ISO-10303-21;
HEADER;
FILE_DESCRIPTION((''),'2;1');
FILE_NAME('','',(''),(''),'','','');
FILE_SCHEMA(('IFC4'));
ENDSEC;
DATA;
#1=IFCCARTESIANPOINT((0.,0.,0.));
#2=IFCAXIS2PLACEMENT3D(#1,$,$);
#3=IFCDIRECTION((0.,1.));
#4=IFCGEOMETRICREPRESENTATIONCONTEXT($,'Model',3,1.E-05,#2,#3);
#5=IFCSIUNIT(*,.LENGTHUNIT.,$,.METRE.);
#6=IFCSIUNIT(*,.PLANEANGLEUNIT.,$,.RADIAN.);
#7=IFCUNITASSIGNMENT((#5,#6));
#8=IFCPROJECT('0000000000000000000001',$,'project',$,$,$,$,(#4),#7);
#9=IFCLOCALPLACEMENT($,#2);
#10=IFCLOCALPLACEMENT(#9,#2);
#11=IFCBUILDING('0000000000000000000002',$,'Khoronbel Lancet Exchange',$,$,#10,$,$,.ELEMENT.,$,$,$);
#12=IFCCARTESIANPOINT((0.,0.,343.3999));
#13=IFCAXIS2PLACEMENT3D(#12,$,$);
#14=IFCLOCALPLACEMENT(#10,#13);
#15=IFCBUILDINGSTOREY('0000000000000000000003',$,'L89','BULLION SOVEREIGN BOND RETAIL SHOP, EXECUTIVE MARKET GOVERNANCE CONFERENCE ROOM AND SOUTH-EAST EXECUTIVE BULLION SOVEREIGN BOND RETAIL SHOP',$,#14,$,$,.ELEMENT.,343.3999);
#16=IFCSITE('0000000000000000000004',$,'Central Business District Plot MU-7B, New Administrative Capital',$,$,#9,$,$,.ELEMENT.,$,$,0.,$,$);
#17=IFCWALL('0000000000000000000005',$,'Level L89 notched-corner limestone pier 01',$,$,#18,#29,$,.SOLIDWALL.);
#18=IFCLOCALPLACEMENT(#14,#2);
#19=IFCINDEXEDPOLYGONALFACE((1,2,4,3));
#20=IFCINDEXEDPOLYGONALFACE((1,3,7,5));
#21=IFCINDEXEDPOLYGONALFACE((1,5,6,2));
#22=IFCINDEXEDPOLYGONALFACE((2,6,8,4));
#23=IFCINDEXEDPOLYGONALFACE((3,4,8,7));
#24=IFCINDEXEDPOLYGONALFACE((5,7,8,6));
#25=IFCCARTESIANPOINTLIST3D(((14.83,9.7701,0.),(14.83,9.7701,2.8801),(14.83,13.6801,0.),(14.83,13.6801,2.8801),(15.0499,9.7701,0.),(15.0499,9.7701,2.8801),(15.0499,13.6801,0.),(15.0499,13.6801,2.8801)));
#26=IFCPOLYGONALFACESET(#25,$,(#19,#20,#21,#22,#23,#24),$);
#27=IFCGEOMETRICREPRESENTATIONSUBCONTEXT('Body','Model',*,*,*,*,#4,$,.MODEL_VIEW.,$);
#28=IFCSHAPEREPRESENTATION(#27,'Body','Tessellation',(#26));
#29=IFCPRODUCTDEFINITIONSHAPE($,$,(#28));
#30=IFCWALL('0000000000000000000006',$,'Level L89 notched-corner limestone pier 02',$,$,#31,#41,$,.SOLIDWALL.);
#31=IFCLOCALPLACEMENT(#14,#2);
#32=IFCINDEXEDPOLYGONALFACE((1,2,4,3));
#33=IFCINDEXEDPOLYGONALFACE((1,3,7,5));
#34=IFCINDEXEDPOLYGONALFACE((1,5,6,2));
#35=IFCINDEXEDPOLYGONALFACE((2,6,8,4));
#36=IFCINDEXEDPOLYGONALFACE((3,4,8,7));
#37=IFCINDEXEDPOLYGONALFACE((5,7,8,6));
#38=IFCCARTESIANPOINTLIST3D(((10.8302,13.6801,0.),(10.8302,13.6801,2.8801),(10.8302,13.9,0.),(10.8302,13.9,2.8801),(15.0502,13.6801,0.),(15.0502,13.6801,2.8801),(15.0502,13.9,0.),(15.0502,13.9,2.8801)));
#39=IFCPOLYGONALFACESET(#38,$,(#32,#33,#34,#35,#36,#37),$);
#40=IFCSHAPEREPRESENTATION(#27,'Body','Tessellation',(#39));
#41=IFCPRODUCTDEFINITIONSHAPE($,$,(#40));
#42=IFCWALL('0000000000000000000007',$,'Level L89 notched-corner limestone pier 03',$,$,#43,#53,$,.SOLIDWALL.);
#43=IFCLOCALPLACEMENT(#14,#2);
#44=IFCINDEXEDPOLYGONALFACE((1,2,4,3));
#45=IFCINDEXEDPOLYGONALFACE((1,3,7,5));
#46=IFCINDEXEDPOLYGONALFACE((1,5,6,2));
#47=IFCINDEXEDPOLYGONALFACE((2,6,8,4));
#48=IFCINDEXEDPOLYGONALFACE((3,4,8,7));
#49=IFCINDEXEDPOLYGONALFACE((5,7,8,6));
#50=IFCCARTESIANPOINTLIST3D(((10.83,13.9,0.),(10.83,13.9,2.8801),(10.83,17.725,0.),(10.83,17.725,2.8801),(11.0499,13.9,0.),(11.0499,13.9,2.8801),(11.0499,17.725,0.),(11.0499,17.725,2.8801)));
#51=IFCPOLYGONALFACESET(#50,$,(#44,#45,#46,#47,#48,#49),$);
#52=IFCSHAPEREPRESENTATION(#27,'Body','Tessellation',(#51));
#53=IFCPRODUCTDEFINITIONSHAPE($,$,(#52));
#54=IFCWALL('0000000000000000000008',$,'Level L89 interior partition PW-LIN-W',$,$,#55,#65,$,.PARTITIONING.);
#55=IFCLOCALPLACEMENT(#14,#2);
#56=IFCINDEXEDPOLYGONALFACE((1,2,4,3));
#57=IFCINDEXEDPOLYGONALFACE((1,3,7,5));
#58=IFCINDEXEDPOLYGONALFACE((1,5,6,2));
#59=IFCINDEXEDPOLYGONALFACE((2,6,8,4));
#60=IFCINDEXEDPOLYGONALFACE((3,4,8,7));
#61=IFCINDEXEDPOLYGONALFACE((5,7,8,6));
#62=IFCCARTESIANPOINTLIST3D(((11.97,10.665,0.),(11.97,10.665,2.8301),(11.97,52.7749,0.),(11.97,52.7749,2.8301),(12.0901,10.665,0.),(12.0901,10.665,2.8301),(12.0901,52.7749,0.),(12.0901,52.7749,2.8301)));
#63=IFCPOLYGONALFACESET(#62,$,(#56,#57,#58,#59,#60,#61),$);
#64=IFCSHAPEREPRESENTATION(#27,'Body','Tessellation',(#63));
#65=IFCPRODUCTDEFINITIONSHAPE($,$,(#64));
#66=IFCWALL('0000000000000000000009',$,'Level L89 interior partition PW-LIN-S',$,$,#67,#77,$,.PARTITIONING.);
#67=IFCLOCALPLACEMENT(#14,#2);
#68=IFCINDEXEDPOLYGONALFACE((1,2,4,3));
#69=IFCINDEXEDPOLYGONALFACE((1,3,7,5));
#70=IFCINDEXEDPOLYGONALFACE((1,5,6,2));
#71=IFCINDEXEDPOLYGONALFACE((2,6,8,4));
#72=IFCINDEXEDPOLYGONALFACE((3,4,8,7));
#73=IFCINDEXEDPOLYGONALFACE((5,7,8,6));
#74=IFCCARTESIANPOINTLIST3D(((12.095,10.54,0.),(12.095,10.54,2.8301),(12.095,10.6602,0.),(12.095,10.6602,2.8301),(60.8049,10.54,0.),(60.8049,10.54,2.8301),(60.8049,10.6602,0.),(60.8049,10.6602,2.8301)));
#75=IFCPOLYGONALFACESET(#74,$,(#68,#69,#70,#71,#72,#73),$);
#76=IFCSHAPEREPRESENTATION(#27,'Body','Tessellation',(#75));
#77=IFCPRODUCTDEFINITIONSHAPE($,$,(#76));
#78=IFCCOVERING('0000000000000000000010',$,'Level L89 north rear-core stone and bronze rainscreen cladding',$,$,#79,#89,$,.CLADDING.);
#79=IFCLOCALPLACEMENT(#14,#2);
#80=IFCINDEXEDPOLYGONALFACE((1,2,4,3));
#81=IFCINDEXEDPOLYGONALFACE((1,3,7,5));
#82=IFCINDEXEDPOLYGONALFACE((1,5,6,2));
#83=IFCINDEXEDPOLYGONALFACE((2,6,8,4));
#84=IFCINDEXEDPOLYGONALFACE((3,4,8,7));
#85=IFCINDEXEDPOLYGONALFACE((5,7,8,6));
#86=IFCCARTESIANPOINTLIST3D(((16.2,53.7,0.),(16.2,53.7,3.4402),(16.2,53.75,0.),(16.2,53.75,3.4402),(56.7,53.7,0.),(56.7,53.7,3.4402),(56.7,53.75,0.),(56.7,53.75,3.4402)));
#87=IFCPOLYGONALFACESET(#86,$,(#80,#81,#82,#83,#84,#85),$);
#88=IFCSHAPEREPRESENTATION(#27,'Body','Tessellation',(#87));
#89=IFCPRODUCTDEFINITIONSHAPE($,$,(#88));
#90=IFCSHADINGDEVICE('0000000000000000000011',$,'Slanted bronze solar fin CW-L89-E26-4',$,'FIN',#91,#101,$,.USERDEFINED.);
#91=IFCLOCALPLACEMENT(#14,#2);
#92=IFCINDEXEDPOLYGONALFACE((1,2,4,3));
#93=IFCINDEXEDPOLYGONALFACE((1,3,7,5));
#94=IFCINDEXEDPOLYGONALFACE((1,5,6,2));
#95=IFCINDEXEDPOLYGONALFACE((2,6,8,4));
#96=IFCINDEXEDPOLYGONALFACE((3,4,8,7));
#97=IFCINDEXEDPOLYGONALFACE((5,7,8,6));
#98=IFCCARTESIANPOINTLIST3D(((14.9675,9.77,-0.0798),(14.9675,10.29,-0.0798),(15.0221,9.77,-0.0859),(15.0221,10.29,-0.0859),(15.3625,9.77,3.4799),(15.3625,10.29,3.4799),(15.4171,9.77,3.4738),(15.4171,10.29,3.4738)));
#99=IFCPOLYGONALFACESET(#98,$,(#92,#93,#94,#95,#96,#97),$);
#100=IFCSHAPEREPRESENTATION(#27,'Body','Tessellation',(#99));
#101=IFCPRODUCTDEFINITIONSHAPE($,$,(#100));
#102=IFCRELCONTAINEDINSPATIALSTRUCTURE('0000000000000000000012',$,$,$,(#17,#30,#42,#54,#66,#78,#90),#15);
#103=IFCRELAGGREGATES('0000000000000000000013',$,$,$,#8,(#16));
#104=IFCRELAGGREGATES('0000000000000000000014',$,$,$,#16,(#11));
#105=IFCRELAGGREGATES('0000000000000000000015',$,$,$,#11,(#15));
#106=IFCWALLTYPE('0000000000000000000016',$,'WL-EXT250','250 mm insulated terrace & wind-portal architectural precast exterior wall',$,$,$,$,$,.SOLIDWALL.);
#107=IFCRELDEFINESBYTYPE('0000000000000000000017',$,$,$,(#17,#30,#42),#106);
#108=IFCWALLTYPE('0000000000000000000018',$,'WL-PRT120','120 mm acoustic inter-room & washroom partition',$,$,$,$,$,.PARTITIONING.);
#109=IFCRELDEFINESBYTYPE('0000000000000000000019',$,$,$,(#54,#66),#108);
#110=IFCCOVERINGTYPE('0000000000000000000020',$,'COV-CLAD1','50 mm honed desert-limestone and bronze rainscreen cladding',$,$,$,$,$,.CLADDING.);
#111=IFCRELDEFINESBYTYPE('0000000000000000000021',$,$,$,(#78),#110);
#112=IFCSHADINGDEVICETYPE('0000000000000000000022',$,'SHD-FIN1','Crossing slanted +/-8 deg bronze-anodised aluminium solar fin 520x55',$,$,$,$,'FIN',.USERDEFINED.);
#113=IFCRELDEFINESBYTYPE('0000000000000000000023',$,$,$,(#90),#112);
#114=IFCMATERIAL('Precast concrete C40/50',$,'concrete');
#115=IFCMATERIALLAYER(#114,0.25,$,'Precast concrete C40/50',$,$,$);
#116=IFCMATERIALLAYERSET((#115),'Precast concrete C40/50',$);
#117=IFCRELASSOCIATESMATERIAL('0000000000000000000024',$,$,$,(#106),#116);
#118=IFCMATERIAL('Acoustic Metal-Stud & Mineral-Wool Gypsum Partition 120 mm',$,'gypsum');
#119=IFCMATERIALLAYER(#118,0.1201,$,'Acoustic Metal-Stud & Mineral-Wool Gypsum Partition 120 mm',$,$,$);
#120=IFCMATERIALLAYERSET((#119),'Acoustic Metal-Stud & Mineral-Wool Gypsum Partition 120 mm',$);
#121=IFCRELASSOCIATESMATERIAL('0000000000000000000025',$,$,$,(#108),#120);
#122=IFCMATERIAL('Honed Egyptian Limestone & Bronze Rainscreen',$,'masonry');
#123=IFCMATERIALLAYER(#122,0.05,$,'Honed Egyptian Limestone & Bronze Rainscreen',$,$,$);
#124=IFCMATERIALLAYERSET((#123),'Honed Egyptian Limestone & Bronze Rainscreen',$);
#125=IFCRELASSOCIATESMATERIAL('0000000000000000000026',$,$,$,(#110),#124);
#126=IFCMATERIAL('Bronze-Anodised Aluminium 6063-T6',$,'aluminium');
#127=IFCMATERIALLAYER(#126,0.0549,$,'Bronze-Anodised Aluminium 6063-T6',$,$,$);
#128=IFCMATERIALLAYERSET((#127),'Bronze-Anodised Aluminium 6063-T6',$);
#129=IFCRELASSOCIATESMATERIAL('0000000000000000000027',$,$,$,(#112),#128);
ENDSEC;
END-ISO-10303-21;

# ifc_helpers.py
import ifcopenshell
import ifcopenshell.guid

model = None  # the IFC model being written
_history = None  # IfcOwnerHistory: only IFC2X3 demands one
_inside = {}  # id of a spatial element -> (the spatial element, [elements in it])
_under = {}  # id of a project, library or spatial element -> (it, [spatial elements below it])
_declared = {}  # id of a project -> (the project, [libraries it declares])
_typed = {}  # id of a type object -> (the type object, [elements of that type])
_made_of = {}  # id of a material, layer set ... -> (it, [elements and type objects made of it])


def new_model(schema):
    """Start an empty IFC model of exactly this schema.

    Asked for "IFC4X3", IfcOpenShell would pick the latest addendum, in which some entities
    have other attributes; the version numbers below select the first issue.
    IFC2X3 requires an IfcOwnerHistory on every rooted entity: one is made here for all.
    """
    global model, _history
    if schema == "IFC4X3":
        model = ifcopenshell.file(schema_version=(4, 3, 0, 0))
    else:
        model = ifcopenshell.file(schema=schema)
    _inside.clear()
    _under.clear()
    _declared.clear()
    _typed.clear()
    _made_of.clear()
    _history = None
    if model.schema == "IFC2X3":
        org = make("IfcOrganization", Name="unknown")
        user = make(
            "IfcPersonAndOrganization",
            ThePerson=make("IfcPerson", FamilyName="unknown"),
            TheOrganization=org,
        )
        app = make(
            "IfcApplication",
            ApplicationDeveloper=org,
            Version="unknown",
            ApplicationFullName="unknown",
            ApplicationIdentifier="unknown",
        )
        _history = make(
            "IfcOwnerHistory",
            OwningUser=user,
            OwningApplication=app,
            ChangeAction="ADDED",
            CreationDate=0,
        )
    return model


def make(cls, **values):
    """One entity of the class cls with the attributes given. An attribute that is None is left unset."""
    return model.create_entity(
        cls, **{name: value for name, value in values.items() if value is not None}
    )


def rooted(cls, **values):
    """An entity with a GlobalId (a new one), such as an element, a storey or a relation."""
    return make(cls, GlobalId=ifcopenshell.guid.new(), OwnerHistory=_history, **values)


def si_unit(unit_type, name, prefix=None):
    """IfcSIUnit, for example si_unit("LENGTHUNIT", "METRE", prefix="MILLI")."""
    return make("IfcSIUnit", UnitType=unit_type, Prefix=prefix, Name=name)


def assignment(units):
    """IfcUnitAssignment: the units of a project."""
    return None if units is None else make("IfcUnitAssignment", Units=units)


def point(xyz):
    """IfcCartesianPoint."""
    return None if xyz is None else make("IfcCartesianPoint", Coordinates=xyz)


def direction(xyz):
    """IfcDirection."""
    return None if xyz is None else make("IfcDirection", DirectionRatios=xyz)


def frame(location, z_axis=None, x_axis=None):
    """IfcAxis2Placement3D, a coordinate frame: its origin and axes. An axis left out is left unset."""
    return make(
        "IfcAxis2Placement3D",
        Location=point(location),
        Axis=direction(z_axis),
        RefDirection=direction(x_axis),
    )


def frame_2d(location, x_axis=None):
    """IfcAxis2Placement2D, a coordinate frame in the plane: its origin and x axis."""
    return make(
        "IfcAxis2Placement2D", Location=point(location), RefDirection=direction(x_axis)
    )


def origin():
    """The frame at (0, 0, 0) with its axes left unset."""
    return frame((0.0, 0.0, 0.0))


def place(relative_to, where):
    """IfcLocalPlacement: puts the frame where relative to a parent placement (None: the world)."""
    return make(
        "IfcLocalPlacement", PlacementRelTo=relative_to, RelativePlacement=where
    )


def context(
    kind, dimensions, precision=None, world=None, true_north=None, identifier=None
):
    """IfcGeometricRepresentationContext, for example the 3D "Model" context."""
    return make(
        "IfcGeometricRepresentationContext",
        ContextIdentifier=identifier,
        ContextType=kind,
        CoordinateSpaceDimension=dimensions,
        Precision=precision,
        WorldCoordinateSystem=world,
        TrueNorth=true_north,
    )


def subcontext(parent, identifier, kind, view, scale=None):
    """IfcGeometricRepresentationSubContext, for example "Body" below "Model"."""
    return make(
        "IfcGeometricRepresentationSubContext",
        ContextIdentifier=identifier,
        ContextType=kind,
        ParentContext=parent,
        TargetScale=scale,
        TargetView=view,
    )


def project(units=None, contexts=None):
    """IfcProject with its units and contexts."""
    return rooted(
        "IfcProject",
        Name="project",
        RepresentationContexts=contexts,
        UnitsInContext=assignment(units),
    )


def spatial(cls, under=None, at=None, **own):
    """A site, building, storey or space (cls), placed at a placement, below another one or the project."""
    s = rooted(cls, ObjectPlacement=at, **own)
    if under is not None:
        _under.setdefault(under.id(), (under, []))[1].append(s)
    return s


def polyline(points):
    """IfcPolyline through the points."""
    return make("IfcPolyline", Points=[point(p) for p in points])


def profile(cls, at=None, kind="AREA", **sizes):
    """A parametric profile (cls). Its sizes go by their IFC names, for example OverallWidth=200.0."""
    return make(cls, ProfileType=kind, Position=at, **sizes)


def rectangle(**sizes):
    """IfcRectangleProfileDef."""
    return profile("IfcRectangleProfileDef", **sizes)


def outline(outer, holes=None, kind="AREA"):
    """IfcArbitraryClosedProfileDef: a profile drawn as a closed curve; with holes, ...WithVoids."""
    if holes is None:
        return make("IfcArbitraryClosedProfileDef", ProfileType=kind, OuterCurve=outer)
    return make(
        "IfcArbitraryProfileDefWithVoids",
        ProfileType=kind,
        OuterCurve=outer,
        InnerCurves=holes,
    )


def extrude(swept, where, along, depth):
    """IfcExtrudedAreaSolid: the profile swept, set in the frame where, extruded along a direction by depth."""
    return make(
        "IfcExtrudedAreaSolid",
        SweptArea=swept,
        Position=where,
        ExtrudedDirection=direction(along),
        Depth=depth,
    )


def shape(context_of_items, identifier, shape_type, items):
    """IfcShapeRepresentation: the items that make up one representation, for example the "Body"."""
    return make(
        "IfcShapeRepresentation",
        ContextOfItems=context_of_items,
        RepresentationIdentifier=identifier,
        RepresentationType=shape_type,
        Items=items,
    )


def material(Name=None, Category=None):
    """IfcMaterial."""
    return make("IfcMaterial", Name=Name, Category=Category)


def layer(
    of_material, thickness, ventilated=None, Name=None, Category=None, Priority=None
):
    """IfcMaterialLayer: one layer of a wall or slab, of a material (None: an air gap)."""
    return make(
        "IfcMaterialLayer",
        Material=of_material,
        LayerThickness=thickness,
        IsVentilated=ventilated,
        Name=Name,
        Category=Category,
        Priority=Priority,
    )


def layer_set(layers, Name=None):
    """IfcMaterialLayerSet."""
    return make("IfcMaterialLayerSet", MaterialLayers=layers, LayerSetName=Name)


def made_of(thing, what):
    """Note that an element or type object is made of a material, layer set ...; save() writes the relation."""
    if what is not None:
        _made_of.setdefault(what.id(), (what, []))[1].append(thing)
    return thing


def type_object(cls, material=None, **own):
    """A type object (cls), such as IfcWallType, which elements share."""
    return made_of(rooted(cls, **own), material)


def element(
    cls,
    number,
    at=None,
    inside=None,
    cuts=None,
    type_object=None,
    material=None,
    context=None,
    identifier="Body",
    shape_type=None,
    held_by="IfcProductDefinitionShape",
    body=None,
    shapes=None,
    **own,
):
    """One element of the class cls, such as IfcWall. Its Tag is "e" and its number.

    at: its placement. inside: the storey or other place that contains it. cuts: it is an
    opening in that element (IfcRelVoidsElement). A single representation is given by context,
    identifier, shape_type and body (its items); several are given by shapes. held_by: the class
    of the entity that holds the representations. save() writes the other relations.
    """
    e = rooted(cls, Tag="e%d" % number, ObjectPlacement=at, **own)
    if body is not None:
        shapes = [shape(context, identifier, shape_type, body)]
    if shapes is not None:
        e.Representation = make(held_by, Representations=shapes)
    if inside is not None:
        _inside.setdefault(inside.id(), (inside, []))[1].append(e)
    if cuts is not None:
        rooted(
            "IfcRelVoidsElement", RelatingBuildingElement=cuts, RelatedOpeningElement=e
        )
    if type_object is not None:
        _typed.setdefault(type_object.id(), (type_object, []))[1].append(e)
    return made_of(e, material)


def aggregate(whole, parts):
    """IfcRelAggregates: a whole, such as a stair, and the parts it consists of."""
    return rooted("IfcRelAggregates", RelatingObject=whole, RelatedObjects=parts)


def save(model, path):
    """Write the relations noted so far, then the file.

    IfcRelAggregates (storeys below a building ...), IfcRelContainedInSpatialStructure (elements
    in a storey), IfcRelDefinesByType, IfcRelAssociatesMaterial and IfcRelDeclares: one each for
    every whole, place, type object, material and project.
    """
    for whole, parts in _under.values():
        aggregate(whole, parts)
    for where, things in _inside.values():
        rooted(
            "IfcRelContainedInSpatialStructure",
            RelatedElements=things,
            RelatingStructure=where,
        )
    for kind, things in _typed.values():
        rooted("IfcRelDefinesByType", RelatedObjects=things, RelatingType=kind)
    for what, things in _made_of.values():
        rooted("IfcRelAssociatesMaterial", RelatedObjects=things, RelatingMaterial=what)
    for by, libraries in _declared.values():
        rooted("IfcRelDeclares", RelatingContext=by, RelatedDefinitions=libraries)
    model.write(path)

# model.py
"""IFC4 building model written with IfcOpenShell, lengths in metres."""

from ifc_helpers import new_model, si_unit, direction, frame, frame_2d, origin, place, context, subcontext, project, spatial, polyline, rectangle, outline, extrude, material, layer, layer_set, type_object, element, save


model = new_model("IFC4")

# Units and contexts
model_context = context("Model", 3, precision=1e-05, world=origin(), true_north=direction((0.0, 1.0)))
body_context = subcontext(model_context, "Body", "Model", "MODEL_VIEW")
ifc_project = project(units=[si_unit("LENGTHUNIT", "METRE"), si_unit("PLANEANGLEUNIT", "RADIAN")], contexts=[model_context])

# Site, building, storey
site_placement = place(None, origin())
site = spatial("IfcSite", under=ifc_project, at=site_placement, Name="Central Business District Plot MU-7B, New Administrative Capital", CompositionType="ELEMENT", RefElevation=0.0)
building_placement = place(site_placement, origin())
building = spatial("IfcBuilding", under=site, at=building_placement, Name="Khoronbel Lancet Exchange", CompositionType="ELEMENT")
storey_placement = place(building_placement, frame((0.0, 0.0, 343.3999)))
storey = spatial("IfcBuildingStorey", under=building, at=storey_placement, Name="L89", Description="BULLION SOVEREIGN BOND RETAIL SHOP, EXECUTIVE MARKET GOVERNANCE CONFERENCE ROOM AND SOUTH-EAST EXECUTIVE BULLION SOVEREIGN BOND RETAIL SHOP", CompositionType="ELEMENT", Elevation=343.3999)

# Shared definitions
ifc_material_1 = material(Name="Bronze-Anodised Aluminium 6063-T6", Category="aluminium")

# Walls
ifc_material_2 = material(Name="Precast concrete C40/50", Category="concrete")
ifc_layer_1 = layer(ifc_material_2, 0.25, Name="Precast concrete C40/50")
ifc_layer_set_1 = layer_set([ifc_layer_1], Name="Precast concrete C40/50")
wall_type_1 = type_object("IfcWallType", Name="WL-EXT250", Description="250 mm insulated terrace & wind-portal architectural precast exterior wall", PredefinedType="SOLIDWALL", material=ifc_layer_set_1)
wall_1_placement = place(storey_placement, frame((14.9399, 9.77, 0.0), z_axis=(0.0, 0.0, 1.0), x_axis=(0.0, 1.0, 0.0)))
element("IfcWall", 1, at=wall_1_placement, inside=storey, type_object=wall_type_1, Name="Level L89 notched-corner limestone pier 01", PredefinedType="SOLIDWALL", context=body_context, shape_type="SweptSolid", body=[
    extrude(rectangle(XDim=3.9099, YDim=0.22, at=frame_2d((1.9551, 0.0))), origin(), (0.0, 0.0, 1.0), 2.8801),
])
wall_2_placement = place(storey_placement, frame((15.05, 13.79, 0.0), z_axis=(0.0, 0.0, 1.0), x_axis=(-1.0, 0.0, 0.0)))
element("IfcWall", 2, at=wall_2_placement, inside=storey, type_object=wall_type_1, Name="Level L89 notched-corner limestone pier 02", PredefinedType="SOLIDWALL", context=body_context, shape_type="SweptSolid", body=[
    extrude(rectangle(XDim=4.22, YDim=0.22, at=frame_2d((2.1099, 0.0))), origin(), (0.0, 0.0, 1.0), 2.8801),
])
wall_3_placement = place(storey_placement, frame((10.9399, 13.8999, 0.0), z_axis=(0.0, 0.0, 1.0), x_axis=(0.0, 1.0, 0.0)))
element("IfcWall", 3, at=wall_3_placement, inside=storey, type_object=wall_type_1, Name="Level L89 notched-corner limestone pier 03", PredefinedType="SOLIDWALL", context=body_context, shape_type="SweptSolid", body=[
    extrude(rectangle(XDim=3.825, YDim=0.22, at=frame_2d((1.9126, 0.0))), origin(), (0.0, 0.0, 1.0), 2.8801),
])
ifc_material_3 = material(Name="Acoustic Metal-Stud & Mineral-Wool Gypsum Partition 120 mm", Category="gypsum")
ifc_layer_2 = layer(ifc_material_3, 0.1201, Name="Acoustic Metal-Stud & Mineral-Wool Gypsum Partition 120 mm")
ifc_layer_set_2 = layer_set([ifc_layer_2], Name="Acoustic Metal-Stud & Mineral-Wool Gypsum Partition 120 mm")
wall_type_2 = type_object("IfcWallType", Name="WL-PRT120", Description="120 mm acoustic inter-room & washroom partition", PredefinedType="PARTITIONING", material=ifc_layer_set_2)
wall_4_placement = place(storey_placement, frame((12.03, 10.665, 0.0), z_axis=(0.0, 0.0, 1.0), x_axis=(0.0, 1.0, 0.0)))
element("IfcWall", 4, at=wall_4_placement, inside=storey, type_object=wall_type_2, Name="Level L89 interior partition PW-LIN-W", PredefinedType="PARTITIONING", context=body_context, shape_type="SweptSolid", body=[
    extrude(rectangle(XDim=42.1099, YDim=0.1201, at=frame_2d((21.0549, 0.0))), origin(), (0.0, 0.0, 1.0), 2.8301),
])
wall_5_placement = place(storey_placement, frame((12.095, 10.6001, 0.0), z_axis=(0.0, 0.0, 1.0), x_axis=(1.0, 0.0, 0.0)))
element("IfcWall", 5, at=wall_5_placement, inside=storey, type_object=wall_type_2, Name="Level L89 interior partition PW-LIN-S", PredefinedType="PARTITIONING", context=body_context, shape_type="SweptSolid", body=[
    extrude(rectangle(XDim=48.71, YDim=0.1201, at=frame_2d((24.355, 0.0))), origin(), (0.0, 0.0, 1.0), 2.8301),
])

# Covering
ifc_material_4 = material(Name="Honed Egyptian Limestone & Bronze Rainscreen", Category="masonry")
ifc_layer_3 = layer(ifc_material_4, 0.05, Name="Honed Egyptian Limestone & Bronze Rainscreen")
ifc_layer_set_3 = layer_set([ifc_layer_3], Name="Honed Egyptian Limestone & Bronze Rainscreen")
covering_type = type_object("IfcCoveringType", Name="COV-CLAD1", Description="50 mm honed desert-limestone and bronze rainscreen cladding", PredefinedType="CLADDING", material=ifc_layer_set_3)
covering_placement = place(storey_placement, origin())
element("IfcCovering", 6, at=covering_placement, inside=storey, type_object=covering_type, Name="Level L89 north rear-core stone and bronze rainscreen cladding", PredefinedType="CLADDING", context=body_context, shape_type="SweptSolid", body=[
    extrude(outline(polyline([(16.2, 53.7), (56.7, 53.7), (56.7, 53.75), (16.2, 53.75), (16.2, 53.7)])), origin(), (0.0, 0.0, 1.0), 3.4402),
])

# Shading device
ifc_layer_4 = layer(ifc_material_1, 0.0549, Name="Bronze-Anodised Aluminium 6063-T6")
ifc_layer_set_4 = layer_set([ifc_layer_4], Name="Bronze-Anodised Aluminium 6063-T6")
shading_device_type = type_object("IfcShadingDeviceType", Name="SHD-FIN1", Description="Crossing slanted +/-8 deg bronze-anodised aluminium solar fin 520x55", ElementType="FIN", PredefinedType="USERDEFINED", material=ifc_layer_set_4)
shading_device_placement = place(storey_placement, frame((14.9675, 9.77, -0.0798), z_axis=(-0.9939, 0.0, 0.110289), x_axis=(0.0, 1.0, 0.0)))
element("IfcShadingDevice", 7, at=shading_device_placement, inside=storey, type_object=shading_device_type, Name="Slanted bronze solar fin CW-L89-E26-4", ObjectType="FIN", PredefinedType="USERDEFINED", context=body_context, shape_type="SweptSolid", body=[
    extrude(outline(polyline([(0.0, 0.0), (0.52, 0.0), (0.52, -3.5815), (0.0, -3.5815), (0.0, 0.0)])), origin(), (0.0, 0.0, -1.0), 0.0549),
])

save(model, "model.ifc")
